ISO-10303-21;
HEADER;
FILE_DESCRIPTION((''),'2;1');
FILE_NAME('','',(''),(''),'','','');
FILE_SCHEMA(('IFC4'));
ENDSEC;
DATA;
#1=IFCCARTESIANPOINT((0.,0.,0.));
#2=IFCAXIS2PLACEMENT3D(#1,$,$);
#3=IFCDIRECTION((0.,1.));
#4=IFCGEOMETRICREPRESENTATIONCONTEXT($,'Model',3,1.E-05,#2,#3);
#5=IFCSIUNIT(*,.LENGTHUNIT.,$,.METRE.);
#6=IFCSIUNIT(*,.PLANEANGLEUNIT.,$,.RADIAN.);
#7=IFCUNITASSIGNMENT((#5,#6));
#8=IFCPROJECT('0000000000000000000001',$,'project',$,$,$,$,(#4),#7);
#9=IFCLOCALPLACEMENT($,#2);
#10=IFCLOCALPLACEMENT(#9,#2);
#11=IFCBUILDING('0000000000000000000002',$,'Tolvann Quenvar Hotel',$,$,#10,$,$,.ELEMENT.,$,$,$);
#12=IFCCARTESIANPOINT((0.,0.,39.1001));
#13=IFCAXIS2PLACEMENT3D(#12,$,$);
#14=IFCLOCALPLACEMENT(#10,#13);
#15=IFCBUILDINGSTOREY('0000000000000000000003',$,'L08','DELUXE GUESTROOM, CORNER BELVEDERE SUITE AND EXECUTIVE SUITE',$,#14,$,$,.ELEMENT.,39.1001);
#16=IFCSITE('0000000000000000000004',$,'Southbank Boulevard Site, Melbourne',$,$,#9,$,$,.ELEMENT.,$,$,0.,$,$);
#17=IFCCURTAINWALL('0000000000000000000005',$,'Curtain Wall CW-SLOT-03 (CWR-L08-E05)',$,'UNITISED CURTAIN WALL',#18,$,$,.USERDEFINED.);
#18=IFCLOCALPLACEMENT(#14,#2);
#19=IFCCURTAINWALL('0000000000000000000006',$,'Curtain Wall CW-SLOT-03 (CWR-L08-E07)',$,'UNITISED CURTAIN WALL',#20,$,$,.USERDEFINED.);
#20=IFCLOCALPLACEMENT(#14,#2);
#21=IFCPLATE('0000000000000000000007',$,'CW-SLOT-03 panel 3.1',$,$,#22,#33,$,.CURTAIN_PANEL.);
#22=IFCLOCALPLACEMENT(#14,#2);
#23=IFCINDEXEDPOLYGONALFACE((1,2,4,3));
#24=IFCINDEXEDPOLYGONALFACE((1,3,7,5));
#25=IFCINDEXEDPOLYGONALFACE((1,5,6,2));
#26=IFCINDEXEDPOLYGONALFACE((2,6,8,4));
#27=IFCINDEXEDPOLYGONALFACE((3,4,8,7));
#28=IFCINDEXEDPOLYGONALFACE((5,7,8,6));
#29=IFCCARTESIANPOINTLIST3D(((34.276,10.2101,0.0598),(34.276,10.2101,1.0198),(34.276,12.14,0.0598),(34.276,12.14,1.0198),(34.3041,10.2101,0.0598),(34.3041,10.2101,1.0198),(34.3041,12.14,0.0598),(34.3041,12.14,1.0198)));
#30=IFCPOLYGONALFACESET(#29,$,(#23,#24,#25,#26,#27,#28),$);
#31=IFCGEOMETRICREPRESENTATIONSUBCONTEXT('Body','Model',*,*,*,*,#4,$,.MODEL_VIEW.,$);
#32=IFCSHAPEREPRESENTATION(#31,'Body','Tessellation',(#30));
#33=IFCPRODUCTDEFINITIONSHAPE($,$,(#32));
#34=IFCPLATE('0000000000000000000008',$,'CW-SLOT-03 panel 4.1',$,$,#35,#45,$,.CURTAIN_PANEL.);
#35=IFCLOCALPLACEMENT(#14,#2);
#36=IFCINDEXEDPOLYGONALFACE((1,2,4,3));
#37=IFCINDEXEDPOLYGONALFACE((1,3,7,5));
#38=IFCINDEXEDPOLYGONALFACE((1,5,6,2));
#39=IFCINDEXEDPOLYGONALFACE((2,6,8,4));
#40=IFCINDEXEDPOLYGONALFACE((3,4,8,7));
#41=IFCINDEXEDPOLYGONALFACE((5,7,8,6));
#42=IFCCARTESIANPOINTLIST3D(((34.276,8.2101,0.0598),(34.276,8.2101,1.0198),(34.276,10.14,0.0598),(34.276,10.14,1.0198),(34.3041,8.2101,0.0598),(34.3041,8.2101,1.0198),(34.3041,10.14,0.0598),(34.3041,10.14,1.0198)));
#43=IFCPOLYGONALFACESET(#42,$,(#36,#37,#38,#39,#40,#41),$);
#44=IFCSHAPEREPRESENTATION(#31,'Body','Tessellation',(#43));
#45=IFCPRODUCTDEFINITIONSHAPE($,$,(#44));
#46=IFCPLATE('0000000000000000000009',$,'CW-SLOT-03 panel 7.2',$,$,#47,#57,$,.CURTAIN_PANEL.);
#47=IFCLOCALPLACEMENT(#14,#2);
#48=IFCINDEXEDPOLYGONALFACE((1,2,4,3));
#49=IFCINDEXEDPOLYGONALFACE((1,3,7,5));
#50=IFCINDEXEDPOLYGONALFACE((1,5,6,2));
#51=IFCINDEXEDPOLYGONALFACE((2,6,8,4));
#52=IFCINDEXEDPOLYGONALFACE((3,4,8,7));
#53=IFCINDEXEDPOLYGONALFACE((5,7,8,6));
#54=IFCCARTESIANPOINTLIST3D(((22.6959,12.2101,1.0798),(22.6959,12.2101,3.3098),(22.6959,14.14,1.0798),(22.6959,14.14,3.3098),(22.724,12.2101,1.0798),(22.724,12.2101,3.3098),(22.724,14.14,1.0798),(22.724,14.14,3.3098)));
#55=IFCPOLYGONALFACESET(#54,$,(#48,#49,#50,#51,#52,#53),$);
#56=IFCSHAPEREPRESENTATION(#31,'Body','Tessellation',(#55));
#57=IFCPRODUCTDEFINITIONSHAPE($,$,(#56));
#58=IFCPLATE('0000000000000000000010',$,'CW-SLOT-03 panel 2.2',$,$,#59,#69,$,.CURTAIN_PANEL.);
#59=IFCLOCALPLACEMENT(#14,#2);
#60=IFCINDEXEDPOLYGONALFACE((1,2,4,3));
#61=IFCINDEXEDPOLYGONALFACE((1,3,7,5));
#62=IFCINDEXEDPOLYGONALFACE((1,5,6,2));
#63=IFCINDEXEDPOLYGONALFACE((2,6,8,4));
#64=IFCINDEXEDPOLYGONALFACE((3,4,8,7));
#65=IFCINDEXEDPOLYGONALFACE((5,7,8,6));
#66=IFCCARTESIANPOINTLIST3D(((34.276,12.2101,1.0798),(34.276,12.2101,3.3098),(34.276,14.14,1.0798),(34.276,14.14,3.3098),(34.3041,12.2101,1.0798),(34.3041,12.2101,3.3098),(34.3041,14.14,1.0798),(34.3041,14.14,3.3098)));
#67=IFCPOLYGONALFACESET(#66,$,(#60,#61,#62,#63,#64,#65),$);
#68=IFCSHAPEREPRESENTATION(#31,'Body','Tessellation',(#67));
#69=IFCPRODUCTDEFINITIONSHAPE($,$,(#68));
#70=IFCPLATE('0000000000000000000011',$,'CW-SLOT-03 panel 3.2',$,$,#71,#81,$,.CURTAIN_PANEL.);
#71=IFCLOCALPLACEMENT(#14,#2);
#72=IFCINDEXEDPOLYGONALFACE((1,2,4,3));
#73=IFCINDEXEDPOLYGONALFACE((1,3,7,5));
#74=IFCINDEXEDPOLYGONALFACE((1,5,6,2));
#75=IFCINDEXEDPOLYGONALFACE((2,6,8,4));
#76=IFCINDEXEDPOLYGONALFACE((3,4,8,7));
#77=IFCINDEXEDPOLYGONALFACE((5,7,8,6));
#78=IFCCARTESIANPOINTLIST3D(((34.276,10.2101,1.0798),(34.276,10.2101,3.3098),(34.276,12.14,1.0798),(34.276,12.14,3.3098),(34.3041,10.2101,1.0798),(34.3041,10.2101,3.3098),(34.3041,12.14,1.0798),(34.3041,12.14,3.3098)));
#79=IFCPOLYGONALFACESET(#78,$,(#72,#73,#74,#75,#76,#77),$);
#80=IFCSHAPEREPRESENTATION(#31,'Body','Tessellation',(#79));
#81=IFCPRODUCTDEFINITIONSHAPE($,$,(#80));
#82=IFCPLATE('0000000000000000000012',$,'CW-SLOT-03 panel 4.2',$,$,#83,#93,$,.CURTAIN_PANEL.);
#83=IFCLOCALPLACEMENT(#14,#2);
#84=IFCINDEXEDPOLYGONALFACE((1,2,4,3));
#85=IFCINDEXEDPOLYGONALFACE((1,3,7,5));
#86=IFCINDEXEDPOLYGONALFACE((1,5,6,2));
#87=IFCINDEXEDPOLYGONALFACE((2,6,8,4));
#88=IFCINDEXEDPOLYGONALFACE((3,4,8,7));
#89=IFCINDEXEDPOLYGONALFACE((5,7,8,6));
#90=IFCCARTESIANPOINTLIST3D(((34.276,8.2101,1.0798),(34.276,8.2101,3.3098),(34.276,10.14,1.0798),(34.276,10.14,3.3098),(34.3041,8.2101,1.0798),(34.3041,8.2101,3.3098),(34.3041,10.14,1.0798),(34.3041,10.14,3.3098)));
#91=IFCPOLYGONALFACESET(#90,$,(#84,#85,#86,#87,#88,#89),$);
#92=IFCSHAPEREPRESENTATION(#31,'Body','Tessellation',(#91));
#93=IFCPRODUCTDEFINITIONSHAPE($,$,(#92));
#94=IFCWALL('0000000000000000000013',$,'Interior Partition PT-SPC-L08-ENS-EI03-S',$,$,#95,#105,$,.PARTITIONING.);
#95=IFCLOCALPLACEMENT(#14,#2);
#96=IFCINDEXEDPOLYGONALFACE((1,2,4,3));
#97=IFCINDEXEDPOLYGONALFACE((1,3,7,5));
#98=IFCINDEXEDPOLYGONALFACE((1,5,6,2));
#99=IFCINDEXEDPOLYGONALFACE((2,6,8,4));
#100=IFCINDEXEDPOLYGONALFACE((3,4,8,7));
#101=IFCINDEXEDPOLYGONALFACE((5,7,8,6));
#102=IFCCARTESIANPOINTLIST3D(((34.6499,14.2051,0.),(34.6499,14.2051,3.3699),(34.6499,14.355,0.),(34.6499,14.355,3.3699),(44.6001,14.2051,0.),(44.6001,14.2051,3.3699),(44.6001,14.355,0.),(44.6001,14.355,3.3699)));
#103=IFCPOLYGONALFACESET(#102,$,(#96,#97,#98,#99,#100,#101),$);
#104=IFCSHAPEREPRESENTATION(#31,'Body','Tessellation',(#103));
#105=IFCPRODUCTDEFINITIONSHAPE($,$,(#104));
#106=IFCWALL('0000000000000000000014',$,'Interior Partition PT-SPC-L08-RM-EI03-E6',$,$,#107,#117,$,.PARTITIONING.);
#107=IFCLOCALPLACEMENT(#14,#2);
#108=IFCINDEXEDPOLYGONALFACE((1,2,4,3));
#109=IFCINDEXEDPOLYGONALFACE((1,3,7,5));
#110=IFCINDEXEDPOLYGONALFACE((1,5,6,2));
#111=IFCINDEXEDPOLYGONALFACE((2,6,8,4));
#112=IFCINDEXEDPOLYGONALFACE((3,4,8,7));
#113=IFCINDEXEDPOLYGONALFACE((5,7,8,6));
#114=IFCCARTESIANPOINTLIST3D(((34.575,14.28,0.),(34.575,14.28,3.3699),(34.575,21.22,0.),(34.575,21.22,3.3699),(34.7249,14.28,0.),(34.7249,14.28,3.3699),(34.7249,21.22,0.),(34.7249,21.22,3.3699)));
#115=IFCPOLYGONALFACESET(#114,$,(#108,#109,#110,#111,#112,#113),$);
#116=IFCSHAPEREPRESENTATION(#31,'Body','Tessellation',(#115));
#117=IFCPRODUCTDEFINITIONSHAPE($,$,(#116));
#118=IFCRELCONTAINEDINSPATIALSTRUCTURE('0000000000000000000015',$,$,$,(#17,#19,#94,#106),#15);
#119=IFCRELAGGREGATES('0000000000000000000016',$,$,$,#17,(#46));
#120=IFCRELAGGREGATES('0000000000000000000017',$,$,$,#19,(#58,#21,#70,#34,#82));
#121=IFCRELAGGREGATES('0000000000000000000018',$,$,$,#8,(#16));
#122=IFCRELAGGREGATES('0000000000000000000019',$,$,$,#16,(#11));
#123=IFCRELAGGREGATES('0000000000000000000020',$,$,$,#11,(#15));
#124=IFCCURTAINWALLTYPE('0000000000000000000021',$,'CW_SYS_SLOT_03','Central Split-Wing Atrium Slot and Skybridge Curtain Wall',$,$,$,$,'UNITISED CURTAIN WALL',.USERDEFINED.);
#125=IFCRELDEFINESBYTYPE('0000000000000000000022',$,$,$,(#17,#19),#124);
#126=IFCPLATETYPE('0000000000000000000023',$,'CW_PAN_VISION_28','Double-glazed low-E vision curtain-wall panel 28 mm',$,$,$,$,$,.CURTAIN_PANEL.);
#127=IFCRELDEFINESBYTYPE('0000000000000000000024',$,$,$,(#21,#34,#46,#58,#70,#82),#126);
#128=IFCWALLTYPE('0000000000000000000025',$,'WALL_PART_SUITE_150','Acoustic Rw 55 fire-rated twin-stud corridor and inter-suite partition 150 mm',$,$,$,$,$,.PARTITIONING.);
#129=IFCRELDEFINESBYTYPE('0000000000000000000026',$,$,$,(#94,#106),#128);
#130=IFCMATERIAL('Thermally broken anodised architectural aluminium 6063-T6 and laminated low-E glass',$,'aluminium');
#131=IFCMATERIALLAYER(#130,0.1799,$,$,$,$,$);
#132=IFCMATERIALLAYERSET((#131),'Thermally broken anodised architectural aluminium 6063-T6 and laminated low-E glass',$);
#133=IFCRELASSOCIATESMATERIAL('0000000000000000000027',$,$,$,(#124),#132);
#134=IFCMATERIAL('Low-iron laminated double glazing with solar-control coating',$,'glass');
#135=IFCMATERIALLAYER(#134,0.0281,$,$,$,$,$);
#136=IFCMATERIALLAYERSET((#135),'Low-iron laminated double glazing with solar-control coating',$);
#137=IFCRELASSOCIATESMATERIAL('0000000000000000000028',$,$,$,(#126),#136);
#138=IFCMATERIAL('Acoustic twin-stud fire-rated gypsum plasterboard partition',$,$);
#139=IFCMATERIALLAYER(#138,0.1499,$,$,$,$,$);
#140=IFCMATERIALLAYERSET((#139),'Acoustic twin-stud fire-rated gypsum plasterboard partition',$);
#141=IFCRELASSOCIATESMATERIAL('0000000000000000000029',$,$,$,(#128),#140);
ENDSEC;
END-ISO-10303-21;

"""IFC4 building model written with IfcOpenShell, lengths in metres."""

from ifc_helpers import new_model, si_unit, direction, frame, frame_2d, origin, origin_2d, place, context, subcontext, project, spatial, rectangle, extrude, source, transform, mapped, material, layer, layer_set, type_object, element, aggregate, save


model = new_model("IFC4")

# Units and contexts
model_context = context("Model", 3, precision=1e-05, world=origin(), true_north=direction((0.0, 1.0)))
body_context = subcontext(model_context, "Body", "Model", "MODEL_VIEW")
ifc_project = project(units=[si_unit("LENGTHUNIT", "METRE"), si_unit("PLANEANGLEUNIT", "RADIAN")], contexts=[model_context])

# Site, building, storey
site_placement = place(None, origin())
site = spatial("IfcSite", under=ifc_project, at=site_placement, Name="Southbank Boulevard Site, Melbourne", CompositionType="ELEMENT", RefElevation=0.0)
building_placement = place(site_placement, origin())
building = spatial("IfcBuilding", under=site, at=building_placement, Name="Tolvann Quenvar Hotel", CompositionType="ELEMENT")
storey_placement = place(building_placement, frame((0.0, 0.0, 39.1001)))
storey = spatial("IfcBuildingStorey", under=building, at=storey_placement, Name="L08", Description="DELUXE GUESTROOM, CORNER BELVEDERE SUITE AND EXECUTIVE SUITE", CompositionType="ELEMENT", Elevation=39.1001)

# Curtain wall
ifc_material_1 = material(Name="Thermally broken anodised architectural aluminium 6063-T6 and laminated low-E glass", Category="aluminium")
ifc_layer_1 = layer(ifc_material_1, 0.1799)
ifc_layer_set_1 = layer_set([ifc_layer_1], Name="Thermally broken anodised architectural aluminium 6063-T6 and laminated low-E glass")
curtain_wall_type = type_object("IfcCurtainWallType", Name="CW_SYS_SLOT_03", Description="Central Split-Wing Atrium Slot and Skybridge Curtain Wall", ElementType="UNITISED CURTAIN WALL", PredefinedType="USERDEFINED", material=ifc_layer_set_1)
curtain_wall_1_placement = place(storey_placement, origin())
curtain_wall_1 = element("IfcCurtainWall", 1, at=curtain_wall_1_placement, inside=storey, type_object=curtain_wall_type, Name="Curtain Wall CW-SLOT-03 (CWR-L08-E05)", ObjectType="UNITISED CURTAIN WALL", PredefinedType="USERDEFINED")

# Curtain wall
curtain_wall_2_placement = place(storey_placement, origin())
curtain_wall_2 = element("IfcCurtainWall", 2, at=curtain_wall_2_placement, inside=storey, type_object=curtain_wall_type, Name="Curtain Wall CW-SLOT-03 (CWR-L08-E07)", ObjectType="UNITISED CURTAIN WALL", PredefinedType="USERDEFINED")

# Plates
ifc_material_2 = material(Name="Low-iron laminated double glazing with solar-control coating", Category="glass")
ifc_layer_2 = layer(ifc_material_2, 0.0281)
ifc_layer_set_2 = layer_set([ifc_layer_2], Name="Low-iron laminated double glazing with solar-control coating")
plate_type = type_object("IfcPlateType", Name="CW_PAN_VISION_28", Description="Double-glazed low-E vision curtain-wall panel 28 mm", PredefinedType="CURTAIN_PANEL", material=ifc_layer_set_2)
shared_shape_1 = source(origin(), body_context, "Body", "SweptSolid", [
    extrude(rectangle(XDim=1.9299, YDim=0.0281, at=origin_2d()), origin(), (0.0, 0.0, 1.0), 0.96),
])
plate_1_placement = place(storey_placement, frame((34.29, 11.175, 0.0598), z_axis=(0.0, 0.0, 1.0), x_axis=(0.0, -1.0, 0.0)))
plate_1 = element("IfcPlate", 3, at=plate_1_placement, type_object=plate_type, Name="CW-SLOT-03 panel 3.1", PredefinedType="CURTAIN_PANEL", context=body_context, shape_type="MappedRepresentation", body=[
    mapped(shared_shape_1, transform((0.0, 0.0, 0.0), x_axis=(1.0, 0.0, 0.0), y_axis=(0.0, 1.0, 0.0), z_axis=(0.0, 0.0, 1.0), scale=1.0)),
])
plate_2_placement = place(storey_placement, frame((34.29, 9.175, 0.0598), z_axis=(0.0, 0.0, 1.0), x_axis=(0.0, -1.0, 0.0)))
plate_2 = element("IfcPlate", 4, at=plate_2_placement, type_object=plate_type, Name="CW-SLOT-03 panel 4.1", PredefinedType="CURTAIN_PANEL", context=body_context, shape_type="MappedRepresentation", body=[
    mapped(shared_shape_1, transform((0.0, 0.0, 0.0), x_axis=(1.0, 0.0, 0.0), y_axis=(0.0, 1.0, 0.0), z_axis=(0.0, 0.0, 1.0), scale=1.0)),
])
shared_shape_2 = source(origin(), body_context, "Body", "SweptSolid", [
    extrude(rectangle(XDim=1.9299, YDim=0.0281, at=origin_2d()), origin(), (0.0, 0.0, 1.0), 2.23),
])
plate_3_placement = place(storey_placement, frame((22.71, 13.175, 1.0798), z_axis=(0.0, 0.0, 1.0), x_axis=(0.0, 1.0, 0.0)))
plate_3 = element("IfcPlate", 5, at=plate_3_placement, type_object=plate_type, Name="CW-SLOT-03 panel 7.2", PredefinedType="CURTAIN_PANEL", context=body_context, shape_type="MappedRepresentation", body=[
    mapped(shared_shape_2, transform((0.0, 0.0, 0.0), x_axis=(1.0, 0.0, 0.0), y_axis=(0.0, 1.0, 0.0), z_axis=(0.0, 0.0, 1.0), scale=1.0)),
])
aggregate(curtain_wall_1, [plate_3])
plate_4_placement = place(storey_placement, frame((34.29, 13.175, 1.0798), z_axis=(0.0, 0.0, 1.0), x_axis=(0.0, -1.0, 0.0)))
plate_4 = element("IfcPlate", 6, at=plate_4_placement, type_object=plate_type, Name="CW-SLOT-03 panel 2.2", PredefinedType="CURTAIN_PANEL", context=body_context, shape_type="MappedRepresentation", body=[
    mapped(shared_shape_2, transform((0.0, 0.0, 0.0), x_axis=(1.0, 0.0, 0.0), y_axis=(0.0, 1.0, 0.0), z_axis=(0.0, 0.0, 1.0), scale=1.0)),
])
plate_5_placement = place(storey_placement, frame((34.29, 11.175, 1.0798), z_axis=(0.0, 0.0, 1.0), x_axis=(0.0, -1.0, 0.0)))
plate_5 = element("IfcPlate", 7, at=plate_5_placement, type_object=plate_type, Name="CW-SLOT-03 panel 3.2", PredefinedType="CURTAIN_PANEL", context=body_context, shape_type="MappedRepresentation", body=[
    mapped(shared_shape_2, transform((0.0, 0.0, 0.0), x_axis=(1.0, 0.0, 0.0), y_axis=(0.0, 1.0, 0.0), z_axis=(0.0, 0.0, 1.0), scale=1.0)),
])
plate_6_placement = place(storey_placement, frame((34.29, 9.175, 1.0798), z_axis=(0.0, 0.0, 1.0), x_axis=(0.0, -1.0, 0.0)))
plate_6 = element("IfcPlate", 8, at=plate_6_placement, type_object=plate_type, Name="CW-SLOT-03 panel 4.2", PredefinedType="CURTAIN_PANEL", context=body_context, shape_type="MappedRepresentation", body=[
    mapped(shared_shape_2, transform((0.0, 0.0, 0.0), x_axis=(1.0, 0.0, 0.0), y_axis=(0.0, 1.0, 0.0), z_axis=(0.0, 0.0, 1.0), scale=1.0)),
])
aggregate(curtain_wall_2, [plate_4, plate_1, plate_5, plate_2, plate_6])

# Walls
ifc_material_3 = material(Name="Acoustic twin-stud fire-rated gypsum plasterboard partition")
ifc_layer_3 = layer(ifc_material_3, 0.1499)
ifc_layer_set_3 = layer_set([ifc_layer_3], Name="Acoustic twin-stud fire-rated gypsum plasterboard partition")
wall_type = type_object("IfcWallType", Name="WALL_PART_SUITE_150", Description="Acoustic Rw 55 fire-rated twin-stud corridor and inter-suite partition 150 mm", PredefinedType="PARTITIONING", material=ifc_layer_set_3)
wall_1_placement = place(storey_placement, frame((34.6499, 14.28, 0.0), z_axis=(0.0, 0.0, 1.0), x_axis=(1.0, 0.0, 0.0)))
element("IfcWall", 9, at=wall_1_placement, inside=storey, type_object=wall_type, Name="Interior Partition PT-SPC-L08-ENS-EI03-S", PredefinedType="PARTITIONING", context=body_context, shape_type="SweptSolid", body=[
    extrude(rectangle(XDim=9.9502, YDim=0.1499, at=frame_2d((4.9751, 0.0))), origin(), (0.0, 0.0, 1.0), 3.3699),
])
wall_2_placement = place(storey_placement, frame((34.6499, 14.28, 0.0), z_axis=(0.0, 0.0, 1.0), x_axis=(0.0, 1.0, 0.0)))
element("IfcWall", 10, at=wall_2_placement, inside=storey, type_object=wall_type, Name="Interior Partition PT-SPC-L08-RM-EI03-E6", PredefinedType="PARTITIONING", context=body_context, shape_type="SweptSolid", body=[
    extrude(rectangle(XDim=6.9399, YDim=0.1499, at=frame_2d((3.47, 0.0))), origin(), (0.0, 0.0, 1.0), 3.3699),
])

save(model, "model.ifc")
